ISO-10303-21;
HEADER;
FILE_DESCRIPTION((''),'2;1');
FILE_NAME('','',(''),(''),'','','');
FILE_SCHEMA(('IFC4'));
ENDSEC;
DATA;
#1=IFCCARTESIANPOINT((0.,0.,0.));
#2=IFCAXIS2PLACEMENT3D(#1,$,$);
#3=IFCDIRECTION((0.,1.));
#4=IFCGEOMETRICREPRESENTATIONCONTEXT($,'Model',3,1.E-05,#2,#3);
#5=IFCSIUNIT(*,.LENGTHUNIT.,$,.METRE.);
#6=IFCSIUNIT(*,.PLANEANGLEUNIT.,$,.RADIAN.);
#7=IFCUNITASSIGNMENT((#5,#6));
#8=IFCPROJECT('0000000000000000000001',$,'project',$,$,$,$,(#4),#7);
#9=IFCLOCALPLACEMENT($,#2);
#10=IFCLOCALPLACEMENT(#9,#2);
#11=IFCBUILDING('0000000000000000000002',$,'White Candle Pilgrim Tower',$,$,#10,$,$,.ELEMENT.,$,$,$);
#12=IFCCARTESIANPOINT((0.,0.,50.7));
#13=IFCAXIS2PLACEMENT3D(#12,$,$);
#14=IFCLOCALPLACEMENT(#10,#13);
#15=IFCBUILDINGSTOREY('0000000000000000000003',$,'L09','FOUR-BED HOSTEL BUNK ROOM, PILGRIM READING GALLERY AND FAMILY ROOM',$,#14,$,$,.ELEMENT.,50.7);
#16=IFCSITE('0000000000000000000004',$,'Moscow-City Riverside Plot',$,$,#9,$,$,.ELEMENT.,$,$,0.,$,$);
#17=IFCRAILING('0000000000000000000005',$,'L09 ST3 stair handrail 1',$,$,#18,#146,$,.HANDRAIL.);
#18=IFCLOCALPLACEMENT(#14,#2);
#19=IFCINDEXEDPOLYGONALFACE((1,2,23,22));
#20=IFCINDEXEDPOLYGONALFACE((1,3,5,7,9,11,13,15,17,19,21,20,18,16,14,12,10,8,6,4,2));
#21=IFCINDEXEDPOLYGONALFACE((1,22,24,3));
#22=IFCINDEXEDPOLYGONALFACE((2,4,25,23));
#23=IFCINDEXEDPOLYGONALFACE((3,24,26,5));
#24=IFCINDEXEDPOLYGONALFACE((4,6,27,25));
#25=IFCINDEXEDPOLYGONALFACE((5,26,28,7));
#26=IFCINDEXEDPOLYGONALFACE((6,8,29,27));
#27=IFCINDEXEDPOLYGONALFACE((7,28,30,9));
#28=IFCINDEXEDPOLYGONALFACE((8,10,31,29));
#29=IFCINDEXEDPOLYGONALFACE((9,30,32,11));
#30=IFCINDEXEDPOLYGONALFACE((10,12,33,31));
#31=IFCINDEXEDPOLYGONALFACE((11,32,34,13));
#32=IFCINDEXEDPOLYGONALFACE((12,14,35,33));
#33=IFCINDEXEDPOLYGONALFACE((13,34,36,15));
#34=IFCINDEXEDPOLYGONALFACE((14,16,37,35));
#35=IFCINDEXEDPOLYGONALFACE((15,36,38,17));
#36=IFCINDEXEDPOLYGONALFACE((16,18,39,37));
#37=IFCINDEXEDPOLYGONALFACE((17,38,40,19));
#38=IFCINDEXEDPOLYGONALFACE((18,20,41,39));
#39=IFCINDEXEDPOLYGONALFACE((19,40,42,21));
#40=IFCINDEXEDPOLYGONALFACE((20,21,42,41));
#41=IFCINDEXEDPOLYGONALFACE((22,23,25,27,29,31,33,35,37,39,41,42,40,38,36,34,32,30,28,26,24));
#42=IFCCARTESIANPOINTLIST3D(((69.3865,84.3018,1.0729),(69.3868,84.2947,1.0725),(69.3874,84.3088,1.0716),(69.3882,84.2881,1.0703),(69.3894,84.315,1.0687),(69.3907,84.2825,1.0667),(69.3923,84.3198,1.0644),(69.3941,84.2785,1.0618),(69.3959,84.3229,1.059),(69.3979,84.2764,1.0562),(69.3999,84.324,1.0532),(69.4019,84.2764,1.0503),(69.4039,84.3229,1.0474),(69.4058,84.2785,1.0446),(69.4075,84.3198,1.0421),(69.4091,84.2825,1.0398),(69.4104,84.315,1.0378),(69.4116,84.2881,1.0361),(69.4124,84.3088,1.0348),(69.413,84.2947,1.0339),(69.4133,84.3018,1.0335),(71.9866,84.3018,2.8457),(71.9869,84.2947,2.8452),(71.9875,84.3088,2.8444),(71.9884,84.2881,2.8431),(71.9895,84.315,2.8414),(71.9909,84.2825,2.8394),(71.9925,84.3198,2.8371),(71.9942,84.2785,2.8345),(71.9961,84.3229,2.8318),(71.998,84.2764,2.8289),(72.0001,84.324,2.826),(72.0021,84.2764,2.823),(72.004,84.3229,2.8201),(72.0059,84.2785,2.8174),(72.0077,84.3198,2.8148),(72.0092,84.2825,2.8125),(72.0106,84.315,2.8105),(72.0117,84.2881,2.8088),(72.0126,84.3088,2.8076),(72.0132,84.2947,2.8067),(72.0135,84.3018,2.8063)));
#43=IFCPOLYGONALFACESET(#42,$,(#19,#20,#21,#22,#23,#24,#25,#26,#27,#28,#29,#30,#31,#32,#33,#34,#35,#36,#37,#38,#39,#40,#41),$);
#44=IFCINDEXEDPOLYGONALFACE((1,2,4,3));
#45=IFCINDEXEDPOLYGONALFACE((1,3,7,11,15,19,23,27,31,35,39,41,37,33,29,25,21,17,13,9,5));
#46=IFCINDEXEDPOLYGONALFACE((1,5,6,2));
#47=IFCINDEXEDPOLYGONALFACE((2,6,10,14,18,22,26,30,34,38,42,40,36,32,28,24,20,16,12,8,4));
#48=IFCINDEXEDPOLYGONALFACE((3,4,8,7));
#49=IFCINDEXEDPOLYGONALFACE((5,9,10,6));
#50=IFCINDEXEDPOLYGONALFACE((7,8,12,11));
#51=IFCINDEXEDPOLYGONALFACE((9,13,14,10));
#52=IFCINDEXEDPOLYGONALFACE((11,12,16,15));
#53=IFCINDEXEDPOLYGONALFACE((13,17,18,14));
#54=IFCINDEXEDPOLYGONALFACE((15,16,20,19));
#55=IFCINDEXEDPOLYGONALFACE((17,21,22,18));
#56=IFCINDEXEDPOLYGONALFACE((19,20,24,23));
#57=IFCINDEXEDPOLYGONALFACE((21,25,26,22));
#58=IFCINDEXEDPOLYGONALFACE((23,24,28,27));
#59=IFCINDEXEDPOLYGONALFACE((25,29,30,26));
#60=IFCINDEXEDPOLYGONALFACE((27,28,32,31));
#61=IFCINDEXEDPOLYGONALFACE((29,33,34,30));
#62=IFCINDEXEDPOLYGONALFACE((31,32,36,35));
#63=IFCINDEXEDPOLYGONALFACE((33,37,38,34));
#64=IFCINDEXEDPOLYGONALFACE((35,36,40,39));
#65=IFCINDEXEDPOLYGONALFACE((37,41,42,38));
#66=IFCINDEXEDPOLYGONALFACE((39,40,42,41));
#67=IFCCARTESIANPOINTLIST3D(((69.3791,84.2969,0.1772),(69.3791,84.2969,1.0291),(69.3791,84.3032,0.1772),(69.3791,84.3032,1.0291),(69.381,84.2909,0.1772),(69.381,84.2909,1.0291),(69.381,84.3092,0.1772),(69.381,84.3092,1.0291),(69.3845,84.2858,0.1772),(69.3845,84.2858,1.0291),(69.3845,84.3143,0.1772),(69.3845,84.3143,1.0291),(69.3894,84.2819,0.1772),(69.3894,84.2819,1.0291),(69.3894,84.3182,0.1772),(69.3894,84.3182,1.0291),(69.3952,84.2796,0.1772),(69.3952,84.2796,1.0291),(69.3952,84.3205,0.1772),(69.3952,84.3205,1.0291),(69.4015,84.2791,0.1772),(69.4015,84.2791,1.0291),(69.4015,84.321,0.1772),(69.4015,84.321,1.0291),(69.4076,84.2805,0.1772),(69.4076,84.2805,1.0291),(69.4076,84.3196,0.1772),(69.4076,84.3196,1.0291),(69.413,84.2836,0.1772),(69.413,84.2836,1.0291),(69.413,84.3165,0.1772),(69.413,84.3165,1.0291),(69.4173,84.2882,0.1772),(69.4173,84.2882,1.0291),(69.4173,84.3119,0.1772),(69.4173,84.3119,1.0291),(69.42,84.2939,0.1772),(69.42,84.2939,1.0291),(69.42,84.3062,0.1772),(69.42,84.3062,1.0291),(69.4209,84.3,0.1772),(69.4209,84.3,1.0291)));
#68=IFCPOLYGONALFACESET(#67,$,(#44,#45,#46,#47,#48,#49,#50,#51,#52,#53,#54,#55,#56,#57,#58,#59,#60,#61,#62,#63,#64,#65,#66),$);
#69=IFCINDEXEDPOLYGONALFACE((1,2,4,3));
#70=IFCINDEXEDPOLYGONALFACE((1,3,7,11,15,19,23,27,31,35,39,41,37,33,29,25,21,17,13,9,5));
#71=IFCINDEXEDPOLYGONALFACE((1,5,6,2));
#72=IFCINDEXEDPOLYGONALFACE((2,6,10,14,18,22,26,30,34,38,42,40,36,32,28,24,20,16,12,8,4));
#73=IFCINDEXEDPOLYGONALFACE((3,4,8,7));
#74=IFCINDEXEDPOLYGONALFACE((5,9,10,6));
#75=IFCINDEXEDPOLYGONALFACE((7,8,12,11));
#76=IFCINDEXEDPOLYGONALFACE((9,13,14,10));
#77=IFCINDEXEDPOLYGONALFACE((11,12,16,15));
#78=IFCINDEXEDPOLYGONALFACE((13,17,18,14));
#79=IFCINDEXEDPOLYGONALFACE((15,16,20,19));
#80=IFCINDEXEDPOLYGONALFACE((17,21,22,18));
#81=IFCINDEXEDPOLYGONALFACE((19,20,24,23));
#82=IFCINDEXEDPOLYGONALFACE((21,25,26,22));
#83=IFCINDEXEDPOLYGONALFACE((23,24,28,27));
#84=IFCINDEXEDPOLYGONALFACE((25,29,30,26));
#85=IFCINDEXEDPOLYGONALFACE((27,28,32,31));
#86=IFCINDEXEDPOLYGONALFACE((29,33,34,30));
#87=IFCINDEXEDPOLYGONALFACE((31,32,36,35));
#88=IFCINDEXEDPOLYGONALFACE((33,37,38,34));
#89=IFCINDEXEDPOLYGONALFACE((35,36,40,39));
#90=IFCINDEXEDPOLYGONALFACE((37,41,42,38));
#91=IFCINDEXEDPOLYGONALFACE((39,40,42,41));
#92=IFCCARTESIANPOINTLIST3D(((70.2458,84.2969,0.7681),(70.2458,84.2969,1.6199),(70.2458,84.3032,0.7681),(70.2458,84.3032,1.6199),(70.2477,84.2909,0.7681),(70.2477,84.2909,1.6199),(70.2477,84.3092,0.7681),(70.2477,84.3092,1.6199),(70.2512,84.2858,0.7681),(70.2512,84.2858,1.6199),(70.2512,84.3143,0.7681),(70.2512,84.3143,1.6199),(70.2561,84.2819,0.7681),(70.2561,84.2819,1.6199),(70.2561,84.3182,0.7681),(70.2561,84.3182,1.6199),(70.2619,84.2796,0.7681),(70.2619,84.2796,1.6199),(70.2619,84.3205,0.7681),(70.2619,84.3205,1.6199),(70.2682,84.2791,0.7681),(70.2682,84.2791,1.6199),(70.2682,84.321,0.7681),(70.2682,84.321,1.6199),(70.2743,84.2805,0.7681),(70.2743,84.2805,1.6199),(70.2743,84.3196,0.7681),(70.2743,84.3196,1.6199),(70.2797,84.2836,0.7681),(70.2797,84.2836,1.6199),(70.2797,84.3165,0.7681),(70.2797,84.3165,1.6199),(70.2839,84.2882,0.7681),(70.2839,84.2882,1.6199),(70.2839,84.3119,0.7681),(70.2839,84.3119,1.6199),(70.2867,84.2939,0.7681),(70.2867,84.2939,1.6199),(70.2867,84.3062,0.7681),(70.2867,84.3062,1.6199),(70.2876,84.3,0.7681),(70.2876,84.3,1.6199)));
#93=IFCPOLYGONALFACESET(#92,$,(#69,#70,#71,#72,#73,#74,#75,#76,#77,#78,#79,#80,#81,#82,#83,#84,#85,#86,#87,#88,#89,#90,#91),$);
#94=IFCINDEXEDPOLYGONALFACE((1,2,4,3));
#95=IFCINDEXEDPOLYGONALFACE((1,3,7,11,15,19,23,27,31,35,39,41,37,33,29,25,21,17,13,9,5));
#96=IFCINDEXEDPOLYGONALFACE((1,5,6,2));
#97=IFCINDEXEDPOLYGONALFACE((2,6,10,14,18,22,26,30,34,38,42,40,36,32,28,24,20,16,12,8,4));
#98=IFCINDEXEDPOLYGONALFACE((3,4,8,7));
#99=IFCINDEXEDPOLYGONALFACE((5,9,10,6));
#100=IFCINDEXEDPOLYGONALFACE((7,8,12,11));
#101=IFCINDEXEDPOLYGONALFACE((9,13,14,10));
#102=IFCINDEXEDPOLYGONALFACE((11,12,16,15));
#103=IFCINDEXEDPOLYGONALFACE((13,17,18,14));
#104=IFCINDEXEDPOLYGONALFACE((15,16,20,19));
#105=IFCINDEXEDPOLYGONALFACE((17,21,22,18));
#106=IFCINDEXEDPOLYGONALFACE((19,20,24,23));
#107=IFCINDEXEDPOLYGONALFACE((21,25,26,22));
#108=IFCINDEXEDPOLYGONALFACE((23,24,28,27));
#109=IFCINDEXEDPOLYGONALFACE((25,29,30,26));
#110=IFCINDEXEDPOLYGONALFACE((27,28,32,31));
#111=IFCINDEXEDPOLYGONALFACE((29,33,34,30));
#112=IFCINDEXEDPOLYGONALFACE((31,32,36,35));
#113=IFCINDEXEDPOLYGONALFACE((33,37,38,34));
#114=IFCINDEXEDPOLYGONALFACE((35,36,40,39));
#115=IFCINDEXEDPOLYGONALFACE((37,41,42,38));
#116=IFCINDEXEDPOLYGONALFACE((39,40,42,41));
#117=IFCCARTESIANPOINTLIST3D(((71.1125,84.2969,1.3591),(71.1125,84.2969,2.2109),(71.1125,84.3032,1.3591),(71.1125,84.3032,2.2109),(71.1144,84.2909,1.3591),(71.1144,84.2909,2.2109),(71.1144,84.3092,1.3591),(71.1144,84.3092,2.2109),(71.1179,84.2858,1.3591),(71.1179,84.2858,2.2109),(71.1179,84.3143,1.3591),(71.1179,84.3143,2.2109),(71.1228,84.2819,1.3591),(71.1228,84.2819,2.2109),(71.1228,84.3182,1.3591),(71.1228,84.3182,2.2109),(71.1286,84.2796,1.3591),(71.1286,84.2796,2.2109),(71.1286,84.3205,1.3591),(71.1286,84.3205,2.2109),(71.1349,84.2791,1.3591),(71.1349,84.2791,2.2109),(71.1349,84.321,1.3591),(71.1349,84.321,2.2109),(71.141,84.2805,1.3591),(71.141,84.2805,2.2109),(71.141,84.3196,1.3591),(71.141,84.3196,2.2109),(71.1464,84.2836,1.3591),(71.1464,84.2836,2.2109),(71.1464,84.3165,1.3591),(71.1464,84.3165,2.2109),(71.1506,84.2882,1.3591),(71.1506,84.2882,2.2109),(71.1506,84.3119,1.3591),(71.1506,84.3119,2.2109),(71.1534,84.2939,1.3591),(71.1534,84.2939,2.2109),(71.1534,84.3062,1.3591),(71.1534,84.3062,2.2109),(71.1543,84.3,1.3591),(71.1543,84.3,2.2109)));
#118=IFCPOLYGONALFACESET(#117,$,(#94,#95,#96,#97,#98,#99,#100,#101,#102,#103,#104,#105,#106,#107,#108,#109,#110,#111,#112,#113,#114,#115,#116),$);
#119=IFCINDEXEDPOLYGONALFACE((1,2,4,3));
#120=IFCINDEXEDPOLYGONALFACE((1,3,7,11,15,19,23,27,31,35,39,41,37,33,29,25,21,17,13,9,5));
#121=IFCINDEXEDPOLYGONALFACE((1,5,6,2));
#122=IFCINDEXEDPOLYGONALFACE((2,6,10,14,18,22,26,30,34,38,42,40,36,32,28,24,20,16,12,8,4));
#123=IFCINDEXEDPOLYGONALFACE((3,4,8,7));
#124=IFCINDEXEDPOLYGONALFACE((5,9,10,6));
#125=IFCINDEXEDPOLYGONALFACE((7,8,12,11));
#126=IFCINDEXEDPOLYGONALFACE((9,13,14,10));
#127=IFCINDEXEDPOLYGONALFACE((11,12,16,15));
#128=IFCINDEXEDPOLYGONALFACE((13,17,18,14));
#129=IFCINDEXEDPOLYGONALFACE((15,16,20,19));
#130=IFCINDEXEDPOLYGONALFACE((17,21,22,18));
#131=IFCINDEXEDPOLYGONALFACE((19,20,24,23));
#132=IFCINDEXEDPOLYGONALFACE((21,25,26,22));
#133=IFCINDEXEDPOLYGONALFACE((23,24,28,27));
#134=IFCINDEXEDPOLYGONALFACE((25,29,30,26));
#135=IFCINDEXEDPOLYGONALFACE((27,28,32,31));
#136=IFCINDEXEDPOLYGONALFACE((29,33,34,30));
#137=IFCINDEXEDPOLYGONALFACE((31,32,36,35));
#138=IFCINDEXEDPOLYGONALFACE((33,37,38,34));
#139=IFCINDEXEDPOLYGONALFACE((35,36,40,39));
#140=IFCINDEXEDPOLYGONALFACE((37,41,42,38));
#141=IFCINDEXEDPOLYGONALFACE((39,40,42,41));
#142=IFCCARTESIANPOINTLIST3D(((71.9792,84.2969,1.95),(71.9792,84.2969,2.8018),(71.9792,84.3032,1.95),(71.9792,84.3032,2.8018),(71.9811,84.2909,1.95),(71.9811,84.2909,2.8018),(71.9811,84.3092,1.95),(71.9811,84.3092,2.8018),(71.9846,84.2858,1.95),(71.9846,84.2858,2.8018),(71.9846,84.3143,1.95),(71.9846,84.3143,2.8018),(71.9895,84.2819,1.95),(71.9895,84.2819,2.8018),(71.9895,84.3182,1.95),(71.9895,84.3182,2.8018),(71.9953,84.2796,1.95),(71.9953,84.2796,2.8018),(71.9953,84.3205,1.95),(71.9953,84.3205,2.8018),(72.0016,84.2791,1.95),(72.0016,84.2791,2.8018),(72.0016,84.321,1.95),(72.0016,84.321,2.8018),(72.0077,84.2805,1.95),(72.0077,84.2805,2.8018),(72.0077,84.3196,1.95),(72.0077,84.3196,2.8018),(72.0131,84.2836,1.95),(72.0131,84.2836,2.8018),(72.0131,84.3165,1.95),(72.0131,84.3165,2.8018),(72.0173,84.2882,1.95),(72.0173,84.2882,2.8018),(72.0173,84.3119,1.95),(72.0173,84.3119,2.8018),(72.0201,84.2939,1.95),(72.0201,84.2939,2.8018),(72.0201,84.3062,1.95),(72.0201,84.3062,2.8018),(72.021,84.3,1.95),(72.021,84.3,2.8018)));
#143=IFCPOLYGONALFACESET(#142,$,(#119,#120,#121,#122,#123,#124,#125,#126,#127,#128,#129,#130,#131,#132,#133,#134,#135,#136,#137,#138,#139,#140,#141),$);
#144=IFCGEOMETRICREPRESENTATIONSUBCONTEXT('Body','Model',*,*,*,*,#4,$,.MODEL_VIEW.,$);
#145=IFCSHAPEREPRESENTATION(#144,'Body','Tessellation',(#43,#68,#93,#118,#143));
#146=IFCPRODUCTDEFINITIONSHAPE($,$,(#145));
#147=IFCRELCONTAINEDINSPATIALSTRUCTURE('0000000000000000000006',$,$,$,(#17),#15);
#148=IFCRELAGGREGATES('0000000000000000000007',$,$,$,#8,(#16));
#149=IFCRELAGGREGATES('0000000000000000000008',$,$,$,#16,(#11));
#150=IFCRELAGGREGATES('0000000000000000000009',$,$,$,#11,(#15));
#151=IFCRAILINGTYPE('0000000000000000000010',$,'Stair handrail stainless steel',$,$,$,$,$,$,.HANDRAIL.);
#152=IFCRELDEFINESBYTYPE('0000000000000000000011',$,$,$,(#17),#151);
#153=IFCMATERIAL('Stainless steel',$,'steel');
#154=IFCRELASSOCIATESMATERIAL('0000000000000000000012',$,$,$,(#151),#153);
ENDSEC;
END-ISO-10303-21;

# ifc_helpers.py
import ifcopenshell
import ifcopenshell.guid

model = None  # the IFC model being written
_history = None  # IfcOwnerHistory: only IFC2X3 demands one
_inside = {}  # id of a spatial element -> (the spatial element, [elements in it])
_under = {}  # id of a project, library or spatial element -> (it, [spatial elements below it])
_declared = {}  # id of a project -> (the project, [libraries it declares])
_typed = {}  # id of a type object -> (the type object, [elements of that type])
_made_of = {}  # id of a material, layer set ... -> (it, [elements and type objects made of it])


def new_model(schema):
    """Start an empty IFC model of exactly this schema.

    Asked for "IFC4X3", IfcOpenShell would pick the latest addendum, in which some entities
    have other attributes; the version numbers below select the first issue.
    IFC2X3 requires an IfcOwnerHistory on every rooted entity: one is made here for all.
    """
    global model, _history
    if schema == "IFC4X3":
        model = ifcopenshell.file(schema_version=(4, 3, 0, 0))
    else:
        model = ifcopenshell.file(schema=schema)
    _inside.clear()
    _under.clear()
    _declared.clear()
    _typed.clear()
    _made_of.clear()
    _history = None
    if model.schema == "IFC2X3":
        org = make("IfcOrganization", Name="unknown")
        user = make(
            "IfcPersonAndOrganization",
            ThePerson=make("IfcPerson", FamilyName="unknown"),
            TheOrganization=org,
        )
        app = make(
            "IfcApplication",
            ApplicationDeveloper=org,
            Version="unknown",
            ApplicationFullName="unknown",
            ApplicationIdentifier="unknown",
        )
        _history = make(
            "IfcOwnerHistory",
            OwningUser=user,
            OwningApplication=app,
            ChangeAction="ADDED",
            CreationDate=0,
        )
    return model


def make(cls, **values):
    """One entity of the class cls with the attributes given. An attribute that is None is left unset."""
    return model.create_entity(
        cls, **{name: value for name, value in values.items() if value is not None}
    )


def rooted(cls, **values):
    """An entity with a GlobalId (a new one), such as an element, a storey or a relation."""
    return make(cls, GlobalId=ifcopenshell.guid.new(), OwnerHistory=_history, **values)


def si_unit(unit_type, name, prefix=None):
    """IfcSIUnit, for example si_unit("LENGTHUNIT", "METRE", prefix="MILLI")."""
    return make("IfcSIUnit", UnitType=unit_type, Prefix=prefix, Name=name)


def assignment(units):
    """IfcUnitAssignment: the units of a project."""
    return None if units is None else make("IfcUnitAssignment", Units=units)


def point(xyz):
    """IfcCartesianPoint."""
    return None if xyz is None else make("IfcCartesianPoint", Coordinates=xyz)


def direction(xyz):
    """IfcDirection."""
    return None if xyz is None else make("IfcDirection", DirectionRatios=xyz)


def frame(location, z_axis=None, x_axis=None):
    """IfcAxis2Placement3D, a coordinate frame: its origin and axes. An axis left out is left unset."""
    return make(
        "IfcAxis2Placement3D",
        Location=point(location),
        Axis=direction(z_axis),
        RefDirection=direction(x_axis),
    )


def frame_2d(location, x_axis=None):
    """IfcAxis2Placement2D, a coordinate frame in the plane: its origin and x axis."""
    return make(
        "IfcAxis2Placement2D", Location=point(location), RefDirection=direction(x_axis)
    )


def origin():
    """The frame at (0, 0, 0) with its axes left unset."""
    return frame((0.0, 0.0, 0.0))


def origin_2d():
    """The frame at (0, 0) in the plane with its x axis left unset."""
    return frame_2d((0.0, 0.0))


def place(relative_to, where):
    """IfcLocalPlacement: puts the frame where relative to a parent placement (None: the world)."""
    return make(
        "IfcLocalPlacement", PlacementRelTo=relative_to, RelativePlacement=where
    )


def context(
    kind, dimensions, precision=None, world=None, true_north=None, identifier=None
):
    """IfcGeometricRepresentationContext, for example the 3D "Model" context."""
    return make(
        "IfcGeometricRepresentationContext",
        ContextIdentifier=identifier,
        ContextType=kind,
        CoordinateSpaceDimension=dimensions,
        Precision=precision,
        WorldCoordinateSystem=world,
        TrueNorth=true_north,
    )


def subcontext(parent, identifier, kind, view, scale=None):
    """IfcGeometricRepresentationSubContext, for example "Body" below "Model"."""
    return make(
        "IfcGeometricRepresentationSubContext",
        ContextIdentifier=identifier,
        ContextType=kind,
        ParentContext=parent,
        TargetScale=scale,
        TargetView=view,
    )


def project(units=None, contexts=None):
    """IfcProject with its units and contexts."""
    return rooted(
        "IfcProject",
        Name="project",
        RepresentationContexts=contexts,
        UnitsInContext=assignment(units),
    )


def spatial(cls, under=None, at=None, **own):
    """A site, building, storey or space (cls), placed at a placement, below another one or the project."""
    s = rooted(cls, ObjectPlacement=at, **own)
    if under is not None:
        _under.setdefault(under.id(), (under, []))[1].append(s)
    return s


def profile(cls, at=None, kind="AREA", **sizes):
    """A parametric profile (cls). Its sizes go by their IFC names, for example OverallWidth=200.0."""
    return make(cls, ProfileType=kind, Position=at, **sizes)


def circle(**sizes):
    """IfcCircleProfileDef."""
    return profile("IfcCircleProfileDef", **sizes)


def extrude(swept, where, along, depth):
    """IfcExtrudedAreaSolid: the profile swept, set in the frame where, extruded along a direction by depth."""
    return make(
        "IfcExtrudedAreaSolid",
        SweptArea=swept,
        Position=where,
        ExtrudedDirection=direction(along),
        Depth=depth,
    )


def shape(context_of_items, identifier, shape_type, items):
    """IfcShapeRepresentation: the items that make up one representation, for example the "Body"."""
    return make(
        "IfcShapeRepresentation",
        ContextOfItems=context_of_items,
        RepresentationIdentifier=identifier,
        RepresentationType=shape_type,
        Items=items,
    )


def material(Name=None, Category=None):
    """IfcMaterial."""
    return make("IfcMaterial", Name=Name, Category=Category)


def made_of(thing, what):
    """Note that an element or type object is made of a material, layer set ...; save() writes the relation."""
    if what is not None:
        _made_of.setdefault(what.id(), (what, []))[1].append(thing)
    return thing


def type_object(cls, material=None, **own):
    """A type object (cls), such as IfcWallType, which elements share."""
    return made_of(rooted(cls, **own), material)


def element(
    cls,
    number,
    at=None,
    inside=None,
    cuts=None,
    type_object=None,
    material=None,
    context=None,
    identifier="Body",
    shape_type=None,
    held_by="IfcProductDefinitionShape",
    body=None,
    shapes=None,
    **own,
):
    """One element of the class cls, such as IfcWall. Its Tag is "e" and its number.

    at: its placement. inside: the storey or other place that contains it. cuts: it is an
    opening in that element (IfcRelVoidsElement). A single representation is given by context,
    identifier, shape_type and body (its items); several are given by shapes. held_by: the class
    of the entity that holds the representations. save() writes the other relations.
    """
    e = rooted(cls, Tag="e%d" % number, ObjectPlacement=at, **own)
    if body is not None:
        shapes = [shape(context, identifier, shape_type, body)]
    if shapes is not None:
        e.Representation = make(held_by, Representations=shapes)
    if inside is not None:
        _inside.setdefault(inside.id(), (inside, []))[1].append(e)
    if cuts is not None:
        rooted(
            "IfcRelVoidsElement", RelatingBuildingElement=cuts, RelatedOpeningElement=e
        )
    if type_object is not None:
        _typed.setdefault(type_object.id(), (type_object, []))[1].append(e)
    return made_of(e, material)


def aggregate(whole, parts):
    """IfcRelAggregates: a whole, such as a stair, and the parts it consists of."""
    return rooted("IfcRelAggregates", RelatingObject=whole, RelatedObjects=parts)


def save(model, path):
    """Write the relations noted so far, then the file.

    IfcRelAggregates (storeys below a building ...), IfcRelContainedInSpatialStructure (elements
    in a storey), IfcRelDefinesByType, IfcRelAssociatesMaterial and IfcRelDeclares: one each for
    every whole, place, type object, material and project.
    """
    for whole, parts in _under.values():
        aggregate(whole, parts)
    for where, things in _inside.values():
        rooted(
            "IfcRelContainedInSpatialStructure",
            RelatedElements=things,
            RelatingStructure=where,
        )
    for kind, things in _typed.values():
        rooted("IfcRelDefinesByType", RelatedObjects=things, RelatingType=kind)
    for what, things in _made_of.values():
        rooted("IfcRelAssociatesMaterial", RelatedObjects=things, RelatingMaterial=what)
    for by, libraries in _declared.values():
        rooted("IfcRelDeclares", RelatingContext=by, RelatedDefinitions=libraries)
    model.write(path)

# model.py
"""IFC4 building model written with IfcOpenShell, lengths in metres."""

from ifc_helpers import new_model, si_unit, direction, frame, origin, origin_2d, place, context, subcontext, project, spatial, circle, extrude, material, type_object, element, save


model = new_model("IFC4")

# Units and contexts
model_context = context("Model", 3, precision=1e-05, world=origin(), true_north=direction((0.0, 1.0)))
body_context = subcontext(model_context, "Body", "Model", "MODEL_VIEW")
ifc_project = project(units=[si_unit("LENGTHUNIT", "METRE"), si_unit("PLANEANGLEUNIT", "RADIAN")], contexts=[model_context])

# Site, building, storey
site_placement = place(None, origin())
site = spatial("IfcSite", under=ifc_project, at=site_placement, Name="Moscow-City Riverside Plot", CompositionType="ELEMENT", RefElevation=0.0)
building_placement = place(site_placement, origin())
building = spatial("IfcBuilding", under=site, at=building_placement, Name="White Candle Pilgrim Tower", CompositionType="ELEMENT")
storey_placement = place(building_placement, frame((0.0, 0.0, 50.7)))
storey = spatial("IfcBuildingStorey", under=building, at=storey_placement, Name="L09", Description="FOUR-BED HOSTEL BUNK ROOM, PILGRIM READING GALLERY AND FAMILY ROOM", CompositionType="ELEMENT", Elevation=50.7)

# Railing
ifc_material_1 = material(Name="Stainless steel", Category="steel")
railing_type_1 = type_object("IfcRailingType", Name="Stair handrail stainless steel", PredefinedType="HANDRAIL", material=ifc_material_1)
railing_1_placement = place(storey_placement, frame((69.3999, 84.3, 0.1772)))
element("IfcRailing", 1, at=railing_1_placement, inside=storey, type_object=railing_type_1, Name="L09 ST3 stair handrail 1", PredefinedType="HANDRAIL", context=body_context, shape_type="SweptSolid", body=[
    extrude(circle(Radius=0.0239, at=origin_2d()), frame((0.0, 0.0, 0.876), z_axis=(0.82624, 0.0, 0.563318), x_axis=(0.0, 1.0, 0.0)), (0.0, 0.0, 1.0), 3.147),
    extrude(circle(Radius=0.021, at=origin_2d()), origin(), (0.0, 0.0, 1.0), 0.8518),
    extrude(circle(Radius=0.021, at=origin_2d()), frame((0.8667, 0.0, 0.5908)), (0.0, 0.0, 1.0), 0.8518),
    extrude(circle(Radius=0.021, at=origin_2d()), frame((1.7334, 0.0, 1.1819)), (0.0, 0.0, 1.0), 0.8518),
    extrude(circle(Radius=0.021, at=origin_2d()), frame((2.6001, 0.0, 1.7727)), (0.0, 0.0, 1.0), 0.8518),
])

save(model, "model.ifc")
